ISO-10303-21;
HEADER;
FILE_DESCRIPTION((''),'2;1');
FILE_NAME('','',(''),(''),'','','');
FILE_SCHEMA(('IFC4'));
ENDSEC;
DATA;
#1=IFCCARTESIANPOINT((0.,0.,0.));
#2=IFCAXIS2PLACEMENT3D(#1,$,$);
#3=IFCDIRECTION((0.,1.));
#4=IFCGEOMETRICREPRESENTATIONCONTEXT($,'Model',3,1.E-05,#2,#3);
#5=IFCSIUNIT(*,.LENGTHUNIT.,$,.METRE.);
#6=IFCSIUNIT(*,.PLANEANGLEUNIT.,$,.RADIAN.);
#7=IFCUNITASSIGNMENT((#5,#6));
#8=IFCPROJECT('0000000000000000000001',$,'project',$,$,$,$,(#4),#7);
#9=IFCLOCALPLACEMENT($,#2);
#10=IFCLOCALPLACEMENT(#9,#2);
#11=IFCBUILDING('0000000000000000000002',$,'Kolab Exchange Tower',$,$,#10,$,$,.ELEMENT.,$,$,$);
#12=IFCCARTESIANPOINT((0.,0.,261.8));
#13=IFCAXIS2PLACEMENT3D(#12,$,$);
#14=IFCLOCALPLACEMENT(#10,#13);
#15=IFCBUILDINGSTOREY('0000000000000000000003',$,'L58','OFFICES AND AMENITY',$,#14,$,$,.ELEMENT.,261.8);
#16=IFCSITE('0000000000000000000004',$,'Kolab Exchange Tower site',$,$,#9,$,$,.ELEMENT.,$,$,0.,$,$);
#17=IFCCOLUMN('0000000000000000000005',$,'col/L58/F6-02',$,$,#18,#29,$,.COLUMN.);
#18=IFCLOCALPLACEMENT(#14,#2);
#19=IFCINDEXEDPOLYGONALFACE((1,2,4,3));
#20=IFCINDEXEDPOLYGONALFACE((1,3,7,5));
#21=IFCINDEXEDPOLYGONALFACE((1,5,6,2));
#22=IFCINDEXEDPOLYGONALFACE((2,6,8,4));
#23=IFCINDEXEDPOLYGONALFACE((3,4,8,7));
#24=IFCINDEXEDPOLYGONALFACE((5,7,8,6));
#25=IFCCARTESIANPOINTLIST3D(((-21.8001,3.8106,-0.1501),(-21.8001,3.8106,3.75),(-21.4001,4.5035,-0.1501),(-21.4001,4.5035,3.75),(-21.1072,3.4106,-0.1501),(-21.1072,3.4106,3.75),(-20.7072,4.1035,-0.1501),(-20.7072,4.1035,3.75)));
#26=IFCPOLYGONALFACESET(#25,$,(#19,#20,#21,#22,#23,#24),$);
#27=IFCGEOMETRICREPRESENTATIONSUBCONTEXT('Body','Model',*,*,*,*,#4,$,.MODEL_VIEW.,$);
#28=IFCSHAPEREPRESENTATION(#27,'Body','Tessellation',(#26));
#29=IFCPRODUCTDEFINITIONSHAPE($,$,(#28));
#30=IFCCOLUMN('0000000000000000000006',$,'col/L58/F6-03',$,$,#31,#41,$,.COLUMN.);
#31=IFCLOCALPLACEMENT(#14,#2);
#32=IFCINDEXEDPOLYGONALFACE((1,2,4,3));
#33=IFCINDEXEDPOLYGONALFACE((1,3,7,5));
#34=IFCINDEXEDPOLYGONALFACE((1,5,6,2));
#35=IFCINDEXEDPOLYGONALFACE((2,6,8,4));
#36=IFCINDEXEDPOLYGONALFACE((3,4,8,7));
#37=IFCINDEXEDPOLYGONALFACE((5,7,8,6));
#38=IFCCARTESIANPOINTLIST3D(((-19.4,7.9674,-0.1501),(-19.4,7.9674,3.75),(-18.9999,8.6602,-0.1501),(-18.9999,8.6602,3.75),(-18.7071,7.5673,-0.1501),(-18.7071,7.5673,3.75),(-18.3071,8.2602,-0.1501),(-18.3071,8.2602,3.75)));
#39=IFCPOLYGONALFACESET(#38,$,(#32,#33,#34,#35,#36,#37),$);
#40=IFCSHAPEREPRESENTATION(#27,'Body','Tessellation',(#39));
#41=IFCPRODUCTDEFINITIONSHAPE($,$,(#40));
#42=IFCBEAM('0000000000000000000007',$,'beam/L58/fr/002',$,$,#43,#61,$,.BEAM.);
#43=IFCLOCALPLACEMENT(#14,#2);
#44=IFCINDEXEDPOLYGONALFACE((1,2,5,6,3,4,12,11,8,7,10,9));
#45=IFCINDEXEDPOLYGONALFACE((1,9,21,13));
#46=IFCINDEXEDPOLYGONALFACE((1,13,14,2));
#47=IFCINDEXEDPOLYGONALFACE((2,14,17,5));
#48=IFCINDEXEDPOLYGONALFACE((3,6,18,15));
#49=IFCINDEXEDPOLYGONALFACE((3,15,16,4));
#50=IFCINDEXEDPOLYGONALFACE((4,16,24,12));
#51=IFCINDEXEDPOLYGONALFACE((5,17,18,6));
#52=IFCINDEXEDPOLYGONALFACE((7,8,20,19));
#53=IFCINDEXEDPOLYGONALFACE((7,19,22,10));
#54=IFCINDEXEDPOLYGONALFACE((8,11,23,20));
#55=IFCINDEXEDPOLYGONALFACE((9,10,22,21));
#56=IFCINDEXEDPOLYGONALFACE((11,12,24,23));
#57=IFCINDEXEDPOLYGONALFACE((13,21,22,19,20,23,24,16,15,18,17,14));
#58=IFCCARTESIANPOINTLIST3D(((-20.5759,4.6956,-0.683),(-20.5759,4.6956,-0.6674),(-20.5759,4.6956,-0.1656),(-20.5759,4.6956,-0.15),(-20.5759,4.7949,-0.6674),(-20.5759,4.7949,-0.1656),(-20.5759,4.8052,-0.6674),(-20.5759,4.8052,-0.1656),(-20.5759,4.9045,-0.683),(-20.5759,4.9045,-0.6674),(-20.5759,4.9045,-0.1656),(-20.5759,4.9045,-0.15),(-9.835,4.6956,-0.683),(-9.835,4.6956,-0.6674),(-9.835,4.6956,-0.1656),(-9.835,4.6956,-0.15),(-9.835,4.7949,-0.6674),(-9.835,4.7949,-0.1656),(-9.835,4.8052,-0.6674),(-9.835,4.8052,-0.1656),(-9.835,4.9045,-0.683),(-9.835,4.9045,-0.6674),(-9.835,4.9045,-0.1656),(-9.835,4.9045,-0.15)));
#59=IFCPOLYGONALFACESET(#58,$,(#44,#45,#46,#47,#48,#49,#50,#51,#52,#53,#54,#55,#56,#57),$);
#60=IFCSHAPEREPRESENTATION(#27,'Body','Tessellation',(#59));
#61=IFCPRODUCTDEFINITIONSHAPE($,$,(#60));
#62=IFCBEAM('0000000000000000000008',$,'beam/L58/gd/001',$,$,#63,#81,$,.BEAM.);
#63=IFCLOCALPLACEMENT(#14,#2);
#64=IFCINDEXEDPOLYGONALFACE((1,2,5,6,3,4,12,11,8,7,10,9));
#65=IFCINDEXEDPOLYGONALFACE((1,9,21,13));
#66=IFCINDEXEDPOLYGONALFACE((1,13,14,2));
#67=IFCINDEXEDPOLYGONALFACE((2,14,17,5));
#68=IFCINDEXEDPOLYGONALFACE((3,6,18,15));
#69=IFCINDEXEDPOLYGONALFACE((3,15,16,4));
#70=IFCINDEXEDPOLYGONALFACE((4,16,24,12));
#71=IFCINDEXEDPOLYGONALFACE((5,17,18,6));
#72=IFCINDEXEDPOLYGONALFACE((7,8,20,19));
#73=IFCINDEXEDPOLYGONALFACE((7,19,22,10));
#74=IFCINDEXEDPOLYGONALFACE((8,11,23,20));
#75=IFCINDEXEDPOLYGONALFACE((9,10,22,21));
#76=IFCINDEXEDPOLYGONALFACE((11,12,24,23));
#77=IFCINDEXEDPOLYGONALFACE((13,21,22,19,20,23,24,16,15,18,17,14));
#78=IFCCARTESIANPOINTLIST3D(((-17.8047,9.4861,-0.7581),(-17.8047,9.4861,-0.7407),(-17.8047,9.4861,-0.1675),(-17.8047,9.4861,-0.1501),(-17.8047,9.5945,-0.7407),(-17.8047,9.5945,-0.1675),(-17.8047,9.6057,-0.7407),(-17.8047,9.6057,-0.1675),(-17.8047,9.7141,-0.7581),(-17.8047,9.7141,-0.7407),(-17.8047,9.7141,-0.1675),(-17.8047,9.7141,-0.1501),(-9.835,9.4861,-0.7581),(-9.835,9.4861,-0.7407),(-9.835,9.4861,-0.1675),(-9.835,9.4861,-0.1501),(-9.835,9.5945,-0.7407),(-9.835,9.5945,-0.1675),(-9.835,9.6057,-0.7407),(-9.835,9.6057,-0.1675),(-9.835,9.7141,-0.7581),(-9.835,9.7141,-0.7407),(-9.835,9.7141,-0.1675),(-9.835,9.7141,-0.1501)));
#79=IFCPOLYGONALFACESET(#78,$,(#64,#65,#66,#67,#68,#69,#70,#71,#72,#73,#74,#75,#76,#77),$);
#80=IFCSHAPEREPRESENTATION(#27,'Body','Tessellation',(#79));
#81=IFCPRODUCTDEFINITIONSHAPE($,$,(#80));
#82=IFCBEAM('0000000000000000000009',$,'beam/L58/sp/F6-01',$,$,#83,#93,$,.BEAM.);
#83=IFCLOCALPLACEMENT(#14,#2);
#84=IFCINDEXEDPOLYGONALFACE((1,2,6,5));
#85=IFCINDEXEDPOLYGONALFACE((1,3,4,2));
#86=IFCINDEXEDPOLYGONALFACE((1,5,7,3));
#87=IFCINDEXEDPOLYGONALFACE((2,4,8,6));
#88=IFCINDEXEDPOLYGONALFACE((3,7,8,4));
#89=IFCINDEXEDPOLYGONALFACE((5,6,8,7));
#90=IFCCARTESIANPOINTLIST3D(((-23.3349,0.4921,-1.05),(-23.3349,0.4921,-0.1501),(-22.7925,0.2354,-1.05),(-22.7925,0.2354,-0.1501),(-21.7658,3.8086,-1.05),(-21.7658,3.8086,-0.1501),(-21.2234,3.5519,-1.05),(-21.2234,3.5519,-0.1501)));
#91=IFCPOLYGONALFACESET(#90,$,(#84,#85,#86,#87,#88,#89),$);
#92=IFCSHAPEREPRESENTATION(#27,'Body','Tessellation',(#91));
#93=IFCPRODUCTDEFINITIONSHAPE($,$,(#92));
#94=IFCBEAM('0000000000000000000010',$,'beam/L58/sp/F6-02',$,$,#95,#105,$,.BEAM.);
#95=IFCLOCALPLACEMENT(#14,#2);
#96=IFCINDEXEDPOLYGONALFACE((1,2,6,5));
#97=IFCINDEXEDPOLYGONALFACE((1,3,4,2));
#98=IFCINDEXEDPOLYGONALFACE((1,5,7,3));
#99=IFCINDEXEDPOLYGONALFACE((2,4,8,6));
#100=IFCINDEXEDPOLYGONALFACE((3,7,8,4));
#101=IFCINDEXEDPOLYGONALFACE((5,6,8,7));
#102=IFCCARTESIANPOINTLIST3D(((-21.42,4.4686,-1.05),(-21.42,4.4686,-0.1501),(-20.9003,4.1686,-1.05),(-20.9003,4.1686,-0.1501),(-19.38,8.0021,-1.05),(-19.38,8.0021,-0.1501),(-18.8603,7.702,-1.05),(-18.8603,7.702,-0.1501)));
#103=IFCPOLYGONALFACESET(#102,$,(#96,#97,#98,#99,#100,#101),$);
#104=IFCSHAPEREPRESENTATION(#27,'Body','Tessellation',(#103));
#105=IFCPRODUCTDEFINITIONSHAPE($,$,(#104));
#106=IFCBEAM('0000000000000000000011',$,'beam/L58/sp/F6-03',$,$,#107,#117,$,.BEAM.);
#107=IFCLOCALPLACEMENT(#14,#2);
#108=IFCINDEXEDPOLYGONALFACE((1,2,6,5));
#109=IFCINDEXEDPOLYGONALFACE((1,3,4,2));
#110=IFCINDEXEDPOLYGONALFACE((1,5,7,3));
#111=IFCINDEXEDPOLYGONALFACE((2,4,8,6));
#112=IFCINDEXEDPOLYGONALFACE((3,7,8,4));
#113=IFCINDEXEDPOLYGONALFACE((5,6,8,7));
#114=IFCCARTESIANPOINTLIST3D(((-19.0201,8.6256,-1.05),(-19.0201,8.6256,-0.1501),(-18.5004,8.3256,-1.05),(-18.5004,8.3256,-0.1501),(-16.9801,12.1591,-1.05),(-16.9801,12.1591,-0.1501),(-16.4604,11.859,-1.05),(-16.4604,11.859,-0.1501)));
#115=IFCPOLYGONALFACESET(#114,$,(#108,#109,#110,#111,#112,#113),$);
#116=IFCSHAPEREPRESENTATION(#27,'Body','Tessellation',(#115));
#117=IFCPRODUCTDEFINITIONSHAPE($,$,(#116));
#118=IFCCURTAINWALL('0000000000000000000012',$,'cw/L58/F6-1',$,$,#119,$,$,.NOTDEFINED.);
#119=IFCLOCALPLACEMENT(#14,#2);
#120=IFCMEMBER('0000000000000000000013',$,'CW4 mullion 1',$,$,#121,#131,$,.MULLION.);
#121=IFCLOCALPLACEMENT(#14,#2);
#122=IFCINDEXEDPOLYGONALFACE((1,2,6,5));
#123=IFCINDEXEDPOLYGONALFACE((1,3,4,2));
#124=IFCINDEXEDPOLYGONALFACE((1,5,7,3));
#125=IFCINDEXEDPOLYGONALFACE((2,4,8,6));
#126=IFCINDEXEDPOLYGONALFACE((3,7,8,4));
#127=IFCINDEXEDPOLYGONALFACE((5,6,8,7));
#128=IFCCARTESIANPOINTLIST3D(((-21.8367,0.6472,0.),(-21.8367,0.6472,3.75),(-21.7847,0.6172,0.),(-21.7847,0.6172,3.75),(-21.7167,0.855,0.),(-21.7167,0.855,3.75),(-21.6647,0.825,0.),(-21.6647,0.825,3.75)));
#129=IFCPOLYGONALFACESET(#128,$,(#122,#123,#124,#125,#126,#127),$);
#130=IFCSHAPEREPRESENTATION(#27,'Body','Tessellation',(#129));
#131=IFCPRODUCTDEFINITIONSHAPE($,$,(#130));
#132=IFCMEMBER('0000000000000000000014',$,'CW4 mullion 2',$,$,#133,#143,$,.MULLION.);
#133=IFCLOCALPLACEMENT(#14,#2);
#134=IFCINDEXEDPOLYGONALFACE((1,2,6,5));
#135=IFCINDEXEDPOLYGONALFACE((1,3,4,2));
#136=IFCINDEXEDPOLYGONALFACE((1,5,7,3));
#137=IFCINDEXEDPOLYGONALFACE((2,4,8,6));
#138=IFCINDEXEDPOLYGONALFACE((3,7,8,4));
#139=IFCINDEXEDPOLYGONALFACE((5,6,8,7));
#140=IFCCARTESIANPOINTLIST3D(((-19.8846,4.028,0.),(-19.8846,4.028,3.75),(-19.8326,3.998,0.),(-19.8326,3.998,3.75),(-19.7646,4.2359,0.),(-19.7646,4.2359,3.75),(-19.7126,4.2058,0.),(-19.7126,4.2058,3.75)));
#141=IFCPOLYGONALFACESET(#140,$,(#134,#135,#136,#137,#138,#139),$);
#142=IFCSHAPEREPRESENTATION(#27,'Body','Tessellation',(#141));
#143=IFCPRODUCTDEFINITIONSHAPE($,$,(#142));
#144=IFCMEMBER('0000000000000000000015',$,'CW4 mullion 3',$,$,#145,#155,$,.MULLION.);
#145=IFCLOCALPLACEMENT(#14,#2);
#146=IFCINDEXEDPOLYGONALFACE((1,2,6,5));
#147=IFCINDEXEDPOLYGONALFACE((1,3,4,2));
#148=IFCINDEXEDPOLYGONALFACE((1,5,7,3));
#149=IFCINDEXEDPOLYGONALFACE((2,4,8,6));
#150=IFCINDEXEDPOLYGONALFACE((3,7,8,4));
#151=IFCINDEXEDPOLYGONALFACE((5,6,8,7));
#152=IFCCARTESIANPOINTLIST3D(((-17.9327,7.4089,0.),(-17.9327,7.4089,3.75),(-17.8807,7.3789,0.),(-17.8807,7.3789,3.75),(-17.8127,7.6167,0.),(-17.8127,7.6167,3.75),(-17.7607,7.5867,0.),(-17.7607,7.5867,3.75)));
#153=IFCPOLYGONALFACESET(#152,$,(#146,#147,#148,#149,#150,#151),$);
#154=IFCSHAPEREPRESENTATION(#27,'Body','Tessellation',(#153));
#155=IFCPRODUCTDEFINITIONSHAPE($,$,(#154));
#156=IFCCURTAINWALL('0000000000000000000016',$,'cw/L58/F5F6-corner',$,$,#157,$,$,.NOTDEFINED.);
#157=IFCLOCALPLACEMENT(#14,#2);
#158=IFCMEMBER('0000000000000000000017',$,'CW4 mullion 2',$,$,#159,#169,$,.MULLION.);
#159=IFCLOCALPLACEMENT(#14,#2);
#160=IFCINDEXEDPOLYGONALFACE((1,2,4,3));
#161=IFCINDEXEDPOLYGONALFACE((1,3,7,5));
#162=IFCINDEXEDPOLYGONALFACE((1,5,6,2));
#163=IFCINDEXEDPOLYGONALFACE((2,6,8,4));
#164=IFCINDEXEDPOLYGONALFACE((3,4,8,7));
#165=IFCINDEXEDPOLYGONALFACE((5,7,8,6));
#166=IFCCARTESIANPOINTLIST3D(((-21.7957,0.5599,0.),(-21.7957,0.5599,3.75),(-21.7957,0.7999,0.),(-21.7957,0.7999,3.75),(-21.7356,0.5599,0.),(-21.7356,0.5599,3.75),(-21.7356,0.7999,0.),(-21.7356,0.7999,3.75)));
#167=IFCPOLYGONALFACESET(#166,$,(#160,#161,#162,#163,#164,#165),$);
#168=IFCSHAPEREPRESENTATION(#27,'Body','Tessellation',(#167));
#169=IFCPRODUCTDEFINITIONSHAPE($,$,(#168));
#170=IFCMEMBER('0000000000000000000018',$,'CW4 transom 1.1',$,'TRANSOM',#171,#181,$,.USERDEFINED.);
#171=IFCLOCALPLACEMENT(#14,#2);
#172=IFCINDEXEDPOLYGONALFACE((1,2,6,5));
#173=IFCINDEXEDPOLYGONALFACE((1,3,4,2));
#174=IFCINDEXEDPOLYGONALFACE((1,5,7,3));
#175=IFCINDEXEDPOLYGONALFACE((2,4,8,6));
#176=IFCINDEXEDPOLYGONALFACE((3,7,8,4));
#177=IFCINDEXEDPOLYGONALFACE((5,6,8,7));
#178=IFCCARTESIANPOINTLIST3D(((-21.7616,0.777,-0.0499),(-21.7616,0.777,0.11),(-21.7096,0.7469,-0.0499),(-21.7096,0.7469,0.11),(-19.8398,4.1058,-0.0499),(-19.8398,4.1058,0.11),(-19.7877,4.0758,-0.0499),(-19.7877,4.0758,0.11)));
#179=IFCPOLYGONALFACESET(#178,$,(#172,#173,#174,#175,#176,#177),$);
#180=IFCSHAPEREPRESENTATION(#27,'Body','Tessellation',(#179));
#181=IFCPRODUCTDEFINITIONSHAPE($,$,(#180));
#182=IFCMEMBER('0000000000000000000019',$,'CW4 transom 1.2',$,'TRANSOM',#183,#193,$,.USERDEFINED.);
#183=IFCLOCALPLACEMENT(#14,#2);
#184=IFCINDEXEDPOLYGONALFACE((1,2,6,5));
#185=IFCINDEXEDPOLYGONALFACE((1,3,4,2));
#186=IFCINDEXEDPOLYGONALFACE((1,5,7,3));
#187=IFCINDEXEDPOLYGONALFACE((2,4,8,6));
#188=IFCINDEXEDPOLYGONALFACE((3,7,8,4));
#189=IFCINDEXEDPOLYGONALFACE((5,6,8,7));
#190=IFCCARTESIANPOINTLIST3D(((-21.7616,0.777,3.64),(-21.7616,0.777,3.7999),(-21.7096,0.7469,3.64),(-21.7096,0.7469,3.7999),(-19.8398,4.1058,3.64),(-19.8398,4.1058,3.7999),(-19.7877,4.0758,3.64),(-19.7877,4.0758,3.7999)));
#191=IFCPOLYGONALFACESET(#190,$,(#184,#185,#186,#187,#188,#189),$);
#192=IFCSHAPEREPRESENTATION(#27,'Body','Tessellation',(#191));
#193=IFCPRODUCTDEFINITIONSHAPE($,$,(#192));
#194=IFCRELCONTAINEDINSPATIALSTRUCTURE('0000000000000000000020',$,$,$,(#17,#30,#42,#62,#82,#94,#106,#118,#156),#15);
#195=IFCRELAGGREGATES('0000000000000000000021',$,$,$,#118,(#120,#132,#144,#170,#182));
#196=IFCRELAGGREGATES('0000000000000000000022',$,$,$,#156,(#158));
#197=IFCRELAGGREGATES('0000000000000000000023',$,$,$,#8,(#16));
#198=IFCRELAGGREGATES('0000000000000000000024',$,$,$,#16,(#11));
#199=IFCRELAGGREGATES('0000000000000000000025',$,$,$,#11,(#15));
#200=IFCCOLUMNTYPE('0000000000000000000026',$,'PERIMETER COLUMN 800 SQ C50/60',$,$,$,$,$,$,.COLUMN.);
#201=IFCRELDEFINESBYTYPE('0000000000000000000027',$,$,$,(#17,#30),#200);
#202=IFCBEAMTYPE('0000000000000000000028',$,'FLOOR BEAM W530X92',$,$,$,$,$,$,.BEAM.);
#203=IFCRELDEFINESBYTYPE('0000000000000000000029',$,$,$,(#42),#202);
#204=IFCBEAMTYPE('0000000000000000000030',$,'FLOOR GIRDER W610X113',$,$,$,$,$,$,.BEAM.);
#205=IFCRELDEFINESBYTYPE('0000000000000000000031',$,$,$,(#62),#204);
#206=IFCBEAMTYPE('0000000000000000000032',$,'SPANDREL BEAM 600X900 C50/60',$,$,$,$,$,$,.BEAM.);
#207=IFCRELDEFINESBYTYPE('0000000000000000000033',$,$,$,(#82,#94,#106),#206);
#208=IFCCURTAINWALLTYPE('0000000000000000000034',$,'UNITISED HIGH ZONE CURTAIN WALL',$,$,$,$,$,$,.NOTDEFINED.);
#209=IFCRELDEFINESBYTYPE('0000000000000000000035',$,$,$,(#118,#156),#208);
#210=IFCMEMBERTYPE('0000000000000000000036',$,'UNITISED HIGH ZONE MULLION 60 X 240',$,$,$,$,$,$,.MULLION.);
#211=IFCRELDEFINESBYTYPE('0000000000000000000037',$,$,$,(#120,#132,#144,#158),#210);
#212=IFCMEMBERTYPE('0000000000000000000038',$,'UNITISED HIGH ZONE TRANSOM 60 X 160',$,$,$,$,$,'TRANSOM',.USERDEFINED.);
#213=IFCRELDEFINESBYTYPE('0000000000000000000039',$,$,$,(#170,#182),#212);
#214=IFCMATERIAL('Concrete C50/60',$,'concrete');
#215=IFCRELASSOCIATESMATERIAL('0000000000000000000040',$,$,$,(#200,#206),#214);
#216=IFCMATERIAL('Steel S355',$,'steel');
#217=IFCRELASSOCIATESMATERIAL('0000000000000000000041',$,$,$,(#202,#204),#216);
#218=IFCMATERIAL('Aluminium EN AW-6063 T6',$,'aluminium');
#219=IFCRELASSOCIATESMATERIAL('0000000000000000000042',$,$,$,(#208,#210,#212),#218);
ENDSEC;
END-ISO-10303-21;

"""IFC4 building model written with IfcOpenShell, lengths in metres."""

from ifc_helpers import new_model, si_unit, direction, frame, origin, origin_2d, place, context, subcontext, project, spatial, rectangle, i_section, extrude, material, material_profile, profile_set, type_object, element, aggregate, save


model = new_model("IFC4")

# Units and contexts
model_context = context("Model", 3, precision=1e-05, world=origin(), true_north=direction((0.0, 1.0)))
body_context = subcontext(model_context, "Body", "Model", "MODEL_VIEW")
ifc_project = project(units=[si_unit("LENGTHUNIT", "METRE"), si_unit("PLANEANGLEUNIT", "RADIAN")], contexts=[model_context])

# Site, building, storey
site_placement = place(None, origin())
site = spatial("IfcSite", under=ifc_project, at=site_placement, Name="Kolab Exchange Tower site", CompositionType="ELEMENT", RefElevation=0.0)
building_placement = place(site_placement, origin())
building = spatial("IfcBuilding", under=site, at=building_placement, Name="Kolab Exchange Tower", CompositionType="ELEMENT")
storey_placement = place(building_placement, frame((0.0, 0.0, 261.8)))
storey = spatial("IfcBuildingStorey", under=building, at=storey_placement, Name="L58", Description="OFFICES AND AMENITY", CompositionType="ELEMENT", Elevation=261.8)

# Columns
ifc_material_1 = material(Name="Concrete C50/60", Category="concrete")
ifc_material_profile_1 = material_profile(ifc_material_1, rectangle(XDim=0.8, YDim=0.8, at=origin_2d()), Name="RC800")
ifc_profile_set_1 = profile_set([ifc_material_profile_1], Name="Concrete C50/60")
column_type = type_object("IfcColumnType", Name="PERIMETER COLUMN 800 SQ C50/60", PredefinedType="COLUMN", material=ifc_profile_set_1)
for number, where, z_axis, x_axis, name in (
    (1, (-21.2537, 3.957, -0.1501), (0.0, 0.0, 1.0), (0.5, 0.866025, 0.0), "col/L58/F6-02"),
    (2, (-18.8535, 8.1138, -0.1501), (0.0, 0.0, 1.0), (0.5, 0.866025, 0.0), "col/L58/F6-03"),
):
    element("IfcColumn", number, at=place(storey_placement, frame(where, z_axis=z_axis, x_axis=x_axis)), inside=storey, type_object=column_type, Name=name, PredefinedType="COLUMN", context=body_context, shape_type="SweptSolid", body=[
        extrude(rectangle(XDim=0.8, YDim=0.8, at=origin_2d()), origin(), (0.0, 0.0, 1.0), 3.9001),
    ])

# Beams
ifc_material_2 = material(Name="Steel S355", Category="steel")
ifc_material_profile_2 = material_profile(ifc_material_2, i_section(OverallWidth=0.209, OverallDepth=0.533, WebThickness=0.0103, FlangeThickness=0.0156, at=origin_2d()), Name="W530X92")
ifc_profile_set_2 = profile_set([ifc_material_profile_2], Name="Steel S355")
beam_type_1 = type_object("IfcBeamType", Name="FLOOR BEAM W530X92", PredefinedType="BEAM", material=ifc_profile_set_2)
beam_1_placement = place(storey_placement, frame((-20.5759, 4.8, -0.4165), z_axis=(1.0, 0.0, 0.0), x_axis=(0.0, 1.0, 0.0)))
element("IfcBeam", 3, at=beam_1_placement, inside=storey, type_object=beam_type_1, Name="beam/L58/fr/002", PredefinedType="BEAM", context=body_context, shape_type="SweptSolid", body=[
    extrude(i_section(OverallWidth=0.209, OverallDepth=0.533, WebThickness=0.0103, FlangeThickness=0.0156, at=origin_2d()), origin(), (0.0, 0.0, 1.0), 10.741),
])
ifc_material_profile_3 = material_profile(ifc_material_2, i_section(OverallWidth=0.228, OverallDepth=0.6079, WebThickness=0.0112, FlangeThickness=0.0173, at=origin_2d()), Name="W610X113")
ifc_profile_set_3 = profile_set([ifc_material_profile_3], Name="Steel S355")
beam_type_2 = type_object("IfcBeamType", Name="FLOOR GIRDER W610X113", PredefinedType="BEAM", material=ifc_profile_set_3)
beam_2_placement = place(storey_placement, frame((-17.8047, 9.6001, -0.4541), z_axis=(1.0, 0.0, 0.0), x_axis=(0.0, 1.0, 0.0)))
element("IfcBeam", 4, at=beam_2_placement, inside=storey, type_object=beam_type_2, Name="beam/L58/gd/001", PredefinedType="BEAM", context=body_context, shape_type="SweptSolid", body=[
    extrude(i_section(OverallWidth=0.228, OverallDepth=0.6079, WebThickness=0.0112, FlangeThickness=0.0173, at=origin_2d()), origin(), (0.0, 0.0, 1.0), 7.9697),
])
ifc_material_profile_4 = material_profile(ifc_material_1, rectangle(XDim=0.6001, YDim=0.8999, at=origin_2d()), Name="RC600X900")
ifc_profile_set_4 = profile_set([ifc_material_profile_4], Name="Concrete C50/60")
beam_type_3 = type_object("IfcBeamType", Name="SPANDREL BEAM 600X900 C50/60", PredefinedType="BEAM", material=ifc_profile_set_4)
beam_3_placement = place(storey_placement, frame((-23.0637, 0.3638, -0.6001), z_axis=(0.427677, 0.903932, 0.0), x_axis=(-0.903932, 0.427677, 0.0)))
element("IfcBeam", 5, at=beam_3_placement, inside=storey, type_object=beam_type_3, Name="beam/L58/sp/F6-01", PredefinedType="BEAM", context=body_context, shape_type="SweptSolid", body=[
    extrude(rectangle(XDim=0.6001, YDim=0.8999, at=origin_2d()), origin(), (0.0, 0.0, 1.0), 3.6689),
])
for number, where, z_axis, x_axis, name in (
    (6, (-21.1602, 4.3186, -0.6001), (0.5, 0.866025, 0.0), (-0.866025, 0.5, 0.0), "beam/L58/sp/F6-02"),
    (7, (-18.7603, 8.4756, -0.6001), (0.5, 0.866025, 0.0), (-0.866025, 0.5, 0.0), "beam/L58/sp/F6-03"),
):
    element("IfcBeam", number, at=place(storey_placement, frame(where, z_axis=z_axis, x_axis=x_axis)), inside=storey, type_object=beam_type_3, Name=name, PredefinedType="BEAM", context=body_context, shape_type="SweptSolid", body=[
        extrude(rectangle(XDim=0.6001, YDim=0.8999, at=origin_2d()), origin(), (0.0, 0.0, 1.0), 4.0801),
    ])

# Curtain wall, members
ifc_material_3 = material(Name="Aluminium EN AW-6063 T6", Category="aluminium")
curtain_wall_type = type_object("IfcCurtainWallType", Name="UNITISED HIGH ZONE CURTAIN WALL", PredefinedType="NOTDEFINED", material=ifc_material_3)
curtain_wall_1_placement = place(storey_placement, origin())
curtain_wall_1 = element("IfcCurtainWall", 8, at=curtain_wall_1_placement, inside=storey, type_object=curtain_wall_type, Name="cw/L58/F6-1", PredefinedType="NOTDEFINED")
ifc_material_profile_5 = material_profile(ifc_material_3, rectangle(XDim=0.0601, YDim=0.24, at=origin_2d()), Name="RECT 60X240")
ifc_profile_set_5 = profile_set([ifc_material_profile_5], Name="Aluminium EN AW-6063 T6")
member_type_1 = type_object("IfcMemberType", Name="UNITISED HIGH ZONE MULLION 60 X 240", PredefinedType="MULLION", material=ifc_profile_set_5)
member_1_placement = place(storey_placement, frame((-21.7507, 0.7361, 0.0), z_axis=(0.0, 0.0, 1.0), x_axis=(-0.866025, 0.5, 0.0)))
member_1 = element("IfcMember", 9, at=member_1_placement, type_object=member_type_1, Name="CW4 mullion 1", PredefinedType="MULLION", context=body_context, shape_type="SweptSolid", body=[
    extrude(rectangle(XDim=0.0601, YDim=0.24, at=origin_2d()), origin(), (0.0, 0.0, 1.0), 3.75),
])
member_2_placement = place(storey_placement, frame((-19.7986, 4.1169, 0.0), z_axis=(0.0, 0.0, 1.0), x_axis=(-0.866025, 0.5, 0.0)))
member_2 = element("IfcMember", 10, at=member_2_placement, type_object=member_type_1, Name="CW4 mullion 2", PredefinedType="MULLION", context=body_context, shape_type="SweptSolid", body=[
    extrude(rectangle(XDim=0.0601, YDim=0.24, at=origin_2d()), origin(), (0.0, 0.0, 1.0), 3.75),
])
member_3_placement = place(storey_placement, frame((-17.8467, 7.4978, 0.0), z_axis=(0.0, 0.0, 1.0), x_axis=(-0.866025, 0.5, 0.0)))
member_3 = element("IfcMember", 11, at=member_3_placement, type_object=member_type_1, Name="CW4 mullion 3", PredefinedType="MULLION", context=body_context, shape_type="SweptSolid", body=[
    extrude(rectangle(XDim=0.0601, YDim=0.24, at=origin_2d()), origin(), (0.0, 0.0, 1.0), 3.75),
])

# Curtain wall, member
curtain_wall_2_placement = place(storey_placement, origin())
curtain_wall_2 = element("IfcCurtainWall", 12, at=curtain_wall_2_placement, inside=storey, type_object=curtain_wall_type, Name="cw/L58/F5F6-corner", PredefinedType="NOTDEFINED")
member_4_placement = place(storey_placement, frame((-21.7656, 0.6799, 0.0), z_axis=(0.0, 0.0, 1.0), x_axis=(-1.0, 0.0, 0.0)))
member_4 = element("IfcMember", 13, at=member_4_placement, type_object=member_type_1, Name="CW4 mullion 2", PredefinedType="MULLION", context=body_context, shape_type="SweptSolid", body=[
    extrude(rectangle(XDim=0.0601, YDim=0.24, at=origin_2d()), origin(), (0.0, 0.0, 1.0), 3.75),
])

# Members
ifc_material_profile_6 = material_profile(ifc_material_3, rectangle(XDim=0.0601, YDim=0.1599, at=origin_2d()), Name="RECT 60X160")
ifc_profile_set_6 = profile_set([ifc_material_profile_6], Name="Aluminium EN AW-6063 T6")
member_type_2 = type_object("IfcMemberType", Name="UNITISED HIGH ZONE TRANSOM 60 X 160", ElementType="TRANSOM", PredefinedType="USERDEFINED", material=ifc_profile_set_6)
member_5_placement = place(storey_placement, frame((-21.7356, 0.762, 0.03), z_axis=(0.499992, 0.86603, 0.0), x_axis=(-0.86603, 0.499992, 0.0)))
member_5 = element("IfcMember", 14, at=member_5_placement, type_object=member_type_2, Name="CW4 transom 1.1", ObjectType="TRANSOM", PredefinedType="USERDEFINED", context=body_context, shape_type="SweptSolid", body=[
    extrude(rectangle(XDim=0.0601, YDim=0.1599, at=origin_2d()), origin(), (0.0, 0.0, 1.0), 3.8438),
])
member_6_placement = place(storey_placement, frame((-21.7356, 0.762, 3.72), z_axis=(0.499992, 0.86603, 0.0), x_axis=(-0.86603, 0.499992, 0.0)))
member_6 = element("IfcMember", 15, at=member_6_placement, type_object=member_type_2, Name="CW4 transom 1.2", ObjectType="TRANSOM", PredefinedType="USERDEFINED", context=body_context, shape_type="SweptSolid", body=[
    extrude(rectangle(XDim=0.0601, YDim=0.1599, at=origin_2d()), origin(), (0.0, 0.0, 1.0), 3.8438),
])

aggregate(curtain_wall_1, [member_1, member_2, member_3, member_5, member_6])
aggregate(curtain_wall_2, [member_4])

save(model, "model.ifc")
